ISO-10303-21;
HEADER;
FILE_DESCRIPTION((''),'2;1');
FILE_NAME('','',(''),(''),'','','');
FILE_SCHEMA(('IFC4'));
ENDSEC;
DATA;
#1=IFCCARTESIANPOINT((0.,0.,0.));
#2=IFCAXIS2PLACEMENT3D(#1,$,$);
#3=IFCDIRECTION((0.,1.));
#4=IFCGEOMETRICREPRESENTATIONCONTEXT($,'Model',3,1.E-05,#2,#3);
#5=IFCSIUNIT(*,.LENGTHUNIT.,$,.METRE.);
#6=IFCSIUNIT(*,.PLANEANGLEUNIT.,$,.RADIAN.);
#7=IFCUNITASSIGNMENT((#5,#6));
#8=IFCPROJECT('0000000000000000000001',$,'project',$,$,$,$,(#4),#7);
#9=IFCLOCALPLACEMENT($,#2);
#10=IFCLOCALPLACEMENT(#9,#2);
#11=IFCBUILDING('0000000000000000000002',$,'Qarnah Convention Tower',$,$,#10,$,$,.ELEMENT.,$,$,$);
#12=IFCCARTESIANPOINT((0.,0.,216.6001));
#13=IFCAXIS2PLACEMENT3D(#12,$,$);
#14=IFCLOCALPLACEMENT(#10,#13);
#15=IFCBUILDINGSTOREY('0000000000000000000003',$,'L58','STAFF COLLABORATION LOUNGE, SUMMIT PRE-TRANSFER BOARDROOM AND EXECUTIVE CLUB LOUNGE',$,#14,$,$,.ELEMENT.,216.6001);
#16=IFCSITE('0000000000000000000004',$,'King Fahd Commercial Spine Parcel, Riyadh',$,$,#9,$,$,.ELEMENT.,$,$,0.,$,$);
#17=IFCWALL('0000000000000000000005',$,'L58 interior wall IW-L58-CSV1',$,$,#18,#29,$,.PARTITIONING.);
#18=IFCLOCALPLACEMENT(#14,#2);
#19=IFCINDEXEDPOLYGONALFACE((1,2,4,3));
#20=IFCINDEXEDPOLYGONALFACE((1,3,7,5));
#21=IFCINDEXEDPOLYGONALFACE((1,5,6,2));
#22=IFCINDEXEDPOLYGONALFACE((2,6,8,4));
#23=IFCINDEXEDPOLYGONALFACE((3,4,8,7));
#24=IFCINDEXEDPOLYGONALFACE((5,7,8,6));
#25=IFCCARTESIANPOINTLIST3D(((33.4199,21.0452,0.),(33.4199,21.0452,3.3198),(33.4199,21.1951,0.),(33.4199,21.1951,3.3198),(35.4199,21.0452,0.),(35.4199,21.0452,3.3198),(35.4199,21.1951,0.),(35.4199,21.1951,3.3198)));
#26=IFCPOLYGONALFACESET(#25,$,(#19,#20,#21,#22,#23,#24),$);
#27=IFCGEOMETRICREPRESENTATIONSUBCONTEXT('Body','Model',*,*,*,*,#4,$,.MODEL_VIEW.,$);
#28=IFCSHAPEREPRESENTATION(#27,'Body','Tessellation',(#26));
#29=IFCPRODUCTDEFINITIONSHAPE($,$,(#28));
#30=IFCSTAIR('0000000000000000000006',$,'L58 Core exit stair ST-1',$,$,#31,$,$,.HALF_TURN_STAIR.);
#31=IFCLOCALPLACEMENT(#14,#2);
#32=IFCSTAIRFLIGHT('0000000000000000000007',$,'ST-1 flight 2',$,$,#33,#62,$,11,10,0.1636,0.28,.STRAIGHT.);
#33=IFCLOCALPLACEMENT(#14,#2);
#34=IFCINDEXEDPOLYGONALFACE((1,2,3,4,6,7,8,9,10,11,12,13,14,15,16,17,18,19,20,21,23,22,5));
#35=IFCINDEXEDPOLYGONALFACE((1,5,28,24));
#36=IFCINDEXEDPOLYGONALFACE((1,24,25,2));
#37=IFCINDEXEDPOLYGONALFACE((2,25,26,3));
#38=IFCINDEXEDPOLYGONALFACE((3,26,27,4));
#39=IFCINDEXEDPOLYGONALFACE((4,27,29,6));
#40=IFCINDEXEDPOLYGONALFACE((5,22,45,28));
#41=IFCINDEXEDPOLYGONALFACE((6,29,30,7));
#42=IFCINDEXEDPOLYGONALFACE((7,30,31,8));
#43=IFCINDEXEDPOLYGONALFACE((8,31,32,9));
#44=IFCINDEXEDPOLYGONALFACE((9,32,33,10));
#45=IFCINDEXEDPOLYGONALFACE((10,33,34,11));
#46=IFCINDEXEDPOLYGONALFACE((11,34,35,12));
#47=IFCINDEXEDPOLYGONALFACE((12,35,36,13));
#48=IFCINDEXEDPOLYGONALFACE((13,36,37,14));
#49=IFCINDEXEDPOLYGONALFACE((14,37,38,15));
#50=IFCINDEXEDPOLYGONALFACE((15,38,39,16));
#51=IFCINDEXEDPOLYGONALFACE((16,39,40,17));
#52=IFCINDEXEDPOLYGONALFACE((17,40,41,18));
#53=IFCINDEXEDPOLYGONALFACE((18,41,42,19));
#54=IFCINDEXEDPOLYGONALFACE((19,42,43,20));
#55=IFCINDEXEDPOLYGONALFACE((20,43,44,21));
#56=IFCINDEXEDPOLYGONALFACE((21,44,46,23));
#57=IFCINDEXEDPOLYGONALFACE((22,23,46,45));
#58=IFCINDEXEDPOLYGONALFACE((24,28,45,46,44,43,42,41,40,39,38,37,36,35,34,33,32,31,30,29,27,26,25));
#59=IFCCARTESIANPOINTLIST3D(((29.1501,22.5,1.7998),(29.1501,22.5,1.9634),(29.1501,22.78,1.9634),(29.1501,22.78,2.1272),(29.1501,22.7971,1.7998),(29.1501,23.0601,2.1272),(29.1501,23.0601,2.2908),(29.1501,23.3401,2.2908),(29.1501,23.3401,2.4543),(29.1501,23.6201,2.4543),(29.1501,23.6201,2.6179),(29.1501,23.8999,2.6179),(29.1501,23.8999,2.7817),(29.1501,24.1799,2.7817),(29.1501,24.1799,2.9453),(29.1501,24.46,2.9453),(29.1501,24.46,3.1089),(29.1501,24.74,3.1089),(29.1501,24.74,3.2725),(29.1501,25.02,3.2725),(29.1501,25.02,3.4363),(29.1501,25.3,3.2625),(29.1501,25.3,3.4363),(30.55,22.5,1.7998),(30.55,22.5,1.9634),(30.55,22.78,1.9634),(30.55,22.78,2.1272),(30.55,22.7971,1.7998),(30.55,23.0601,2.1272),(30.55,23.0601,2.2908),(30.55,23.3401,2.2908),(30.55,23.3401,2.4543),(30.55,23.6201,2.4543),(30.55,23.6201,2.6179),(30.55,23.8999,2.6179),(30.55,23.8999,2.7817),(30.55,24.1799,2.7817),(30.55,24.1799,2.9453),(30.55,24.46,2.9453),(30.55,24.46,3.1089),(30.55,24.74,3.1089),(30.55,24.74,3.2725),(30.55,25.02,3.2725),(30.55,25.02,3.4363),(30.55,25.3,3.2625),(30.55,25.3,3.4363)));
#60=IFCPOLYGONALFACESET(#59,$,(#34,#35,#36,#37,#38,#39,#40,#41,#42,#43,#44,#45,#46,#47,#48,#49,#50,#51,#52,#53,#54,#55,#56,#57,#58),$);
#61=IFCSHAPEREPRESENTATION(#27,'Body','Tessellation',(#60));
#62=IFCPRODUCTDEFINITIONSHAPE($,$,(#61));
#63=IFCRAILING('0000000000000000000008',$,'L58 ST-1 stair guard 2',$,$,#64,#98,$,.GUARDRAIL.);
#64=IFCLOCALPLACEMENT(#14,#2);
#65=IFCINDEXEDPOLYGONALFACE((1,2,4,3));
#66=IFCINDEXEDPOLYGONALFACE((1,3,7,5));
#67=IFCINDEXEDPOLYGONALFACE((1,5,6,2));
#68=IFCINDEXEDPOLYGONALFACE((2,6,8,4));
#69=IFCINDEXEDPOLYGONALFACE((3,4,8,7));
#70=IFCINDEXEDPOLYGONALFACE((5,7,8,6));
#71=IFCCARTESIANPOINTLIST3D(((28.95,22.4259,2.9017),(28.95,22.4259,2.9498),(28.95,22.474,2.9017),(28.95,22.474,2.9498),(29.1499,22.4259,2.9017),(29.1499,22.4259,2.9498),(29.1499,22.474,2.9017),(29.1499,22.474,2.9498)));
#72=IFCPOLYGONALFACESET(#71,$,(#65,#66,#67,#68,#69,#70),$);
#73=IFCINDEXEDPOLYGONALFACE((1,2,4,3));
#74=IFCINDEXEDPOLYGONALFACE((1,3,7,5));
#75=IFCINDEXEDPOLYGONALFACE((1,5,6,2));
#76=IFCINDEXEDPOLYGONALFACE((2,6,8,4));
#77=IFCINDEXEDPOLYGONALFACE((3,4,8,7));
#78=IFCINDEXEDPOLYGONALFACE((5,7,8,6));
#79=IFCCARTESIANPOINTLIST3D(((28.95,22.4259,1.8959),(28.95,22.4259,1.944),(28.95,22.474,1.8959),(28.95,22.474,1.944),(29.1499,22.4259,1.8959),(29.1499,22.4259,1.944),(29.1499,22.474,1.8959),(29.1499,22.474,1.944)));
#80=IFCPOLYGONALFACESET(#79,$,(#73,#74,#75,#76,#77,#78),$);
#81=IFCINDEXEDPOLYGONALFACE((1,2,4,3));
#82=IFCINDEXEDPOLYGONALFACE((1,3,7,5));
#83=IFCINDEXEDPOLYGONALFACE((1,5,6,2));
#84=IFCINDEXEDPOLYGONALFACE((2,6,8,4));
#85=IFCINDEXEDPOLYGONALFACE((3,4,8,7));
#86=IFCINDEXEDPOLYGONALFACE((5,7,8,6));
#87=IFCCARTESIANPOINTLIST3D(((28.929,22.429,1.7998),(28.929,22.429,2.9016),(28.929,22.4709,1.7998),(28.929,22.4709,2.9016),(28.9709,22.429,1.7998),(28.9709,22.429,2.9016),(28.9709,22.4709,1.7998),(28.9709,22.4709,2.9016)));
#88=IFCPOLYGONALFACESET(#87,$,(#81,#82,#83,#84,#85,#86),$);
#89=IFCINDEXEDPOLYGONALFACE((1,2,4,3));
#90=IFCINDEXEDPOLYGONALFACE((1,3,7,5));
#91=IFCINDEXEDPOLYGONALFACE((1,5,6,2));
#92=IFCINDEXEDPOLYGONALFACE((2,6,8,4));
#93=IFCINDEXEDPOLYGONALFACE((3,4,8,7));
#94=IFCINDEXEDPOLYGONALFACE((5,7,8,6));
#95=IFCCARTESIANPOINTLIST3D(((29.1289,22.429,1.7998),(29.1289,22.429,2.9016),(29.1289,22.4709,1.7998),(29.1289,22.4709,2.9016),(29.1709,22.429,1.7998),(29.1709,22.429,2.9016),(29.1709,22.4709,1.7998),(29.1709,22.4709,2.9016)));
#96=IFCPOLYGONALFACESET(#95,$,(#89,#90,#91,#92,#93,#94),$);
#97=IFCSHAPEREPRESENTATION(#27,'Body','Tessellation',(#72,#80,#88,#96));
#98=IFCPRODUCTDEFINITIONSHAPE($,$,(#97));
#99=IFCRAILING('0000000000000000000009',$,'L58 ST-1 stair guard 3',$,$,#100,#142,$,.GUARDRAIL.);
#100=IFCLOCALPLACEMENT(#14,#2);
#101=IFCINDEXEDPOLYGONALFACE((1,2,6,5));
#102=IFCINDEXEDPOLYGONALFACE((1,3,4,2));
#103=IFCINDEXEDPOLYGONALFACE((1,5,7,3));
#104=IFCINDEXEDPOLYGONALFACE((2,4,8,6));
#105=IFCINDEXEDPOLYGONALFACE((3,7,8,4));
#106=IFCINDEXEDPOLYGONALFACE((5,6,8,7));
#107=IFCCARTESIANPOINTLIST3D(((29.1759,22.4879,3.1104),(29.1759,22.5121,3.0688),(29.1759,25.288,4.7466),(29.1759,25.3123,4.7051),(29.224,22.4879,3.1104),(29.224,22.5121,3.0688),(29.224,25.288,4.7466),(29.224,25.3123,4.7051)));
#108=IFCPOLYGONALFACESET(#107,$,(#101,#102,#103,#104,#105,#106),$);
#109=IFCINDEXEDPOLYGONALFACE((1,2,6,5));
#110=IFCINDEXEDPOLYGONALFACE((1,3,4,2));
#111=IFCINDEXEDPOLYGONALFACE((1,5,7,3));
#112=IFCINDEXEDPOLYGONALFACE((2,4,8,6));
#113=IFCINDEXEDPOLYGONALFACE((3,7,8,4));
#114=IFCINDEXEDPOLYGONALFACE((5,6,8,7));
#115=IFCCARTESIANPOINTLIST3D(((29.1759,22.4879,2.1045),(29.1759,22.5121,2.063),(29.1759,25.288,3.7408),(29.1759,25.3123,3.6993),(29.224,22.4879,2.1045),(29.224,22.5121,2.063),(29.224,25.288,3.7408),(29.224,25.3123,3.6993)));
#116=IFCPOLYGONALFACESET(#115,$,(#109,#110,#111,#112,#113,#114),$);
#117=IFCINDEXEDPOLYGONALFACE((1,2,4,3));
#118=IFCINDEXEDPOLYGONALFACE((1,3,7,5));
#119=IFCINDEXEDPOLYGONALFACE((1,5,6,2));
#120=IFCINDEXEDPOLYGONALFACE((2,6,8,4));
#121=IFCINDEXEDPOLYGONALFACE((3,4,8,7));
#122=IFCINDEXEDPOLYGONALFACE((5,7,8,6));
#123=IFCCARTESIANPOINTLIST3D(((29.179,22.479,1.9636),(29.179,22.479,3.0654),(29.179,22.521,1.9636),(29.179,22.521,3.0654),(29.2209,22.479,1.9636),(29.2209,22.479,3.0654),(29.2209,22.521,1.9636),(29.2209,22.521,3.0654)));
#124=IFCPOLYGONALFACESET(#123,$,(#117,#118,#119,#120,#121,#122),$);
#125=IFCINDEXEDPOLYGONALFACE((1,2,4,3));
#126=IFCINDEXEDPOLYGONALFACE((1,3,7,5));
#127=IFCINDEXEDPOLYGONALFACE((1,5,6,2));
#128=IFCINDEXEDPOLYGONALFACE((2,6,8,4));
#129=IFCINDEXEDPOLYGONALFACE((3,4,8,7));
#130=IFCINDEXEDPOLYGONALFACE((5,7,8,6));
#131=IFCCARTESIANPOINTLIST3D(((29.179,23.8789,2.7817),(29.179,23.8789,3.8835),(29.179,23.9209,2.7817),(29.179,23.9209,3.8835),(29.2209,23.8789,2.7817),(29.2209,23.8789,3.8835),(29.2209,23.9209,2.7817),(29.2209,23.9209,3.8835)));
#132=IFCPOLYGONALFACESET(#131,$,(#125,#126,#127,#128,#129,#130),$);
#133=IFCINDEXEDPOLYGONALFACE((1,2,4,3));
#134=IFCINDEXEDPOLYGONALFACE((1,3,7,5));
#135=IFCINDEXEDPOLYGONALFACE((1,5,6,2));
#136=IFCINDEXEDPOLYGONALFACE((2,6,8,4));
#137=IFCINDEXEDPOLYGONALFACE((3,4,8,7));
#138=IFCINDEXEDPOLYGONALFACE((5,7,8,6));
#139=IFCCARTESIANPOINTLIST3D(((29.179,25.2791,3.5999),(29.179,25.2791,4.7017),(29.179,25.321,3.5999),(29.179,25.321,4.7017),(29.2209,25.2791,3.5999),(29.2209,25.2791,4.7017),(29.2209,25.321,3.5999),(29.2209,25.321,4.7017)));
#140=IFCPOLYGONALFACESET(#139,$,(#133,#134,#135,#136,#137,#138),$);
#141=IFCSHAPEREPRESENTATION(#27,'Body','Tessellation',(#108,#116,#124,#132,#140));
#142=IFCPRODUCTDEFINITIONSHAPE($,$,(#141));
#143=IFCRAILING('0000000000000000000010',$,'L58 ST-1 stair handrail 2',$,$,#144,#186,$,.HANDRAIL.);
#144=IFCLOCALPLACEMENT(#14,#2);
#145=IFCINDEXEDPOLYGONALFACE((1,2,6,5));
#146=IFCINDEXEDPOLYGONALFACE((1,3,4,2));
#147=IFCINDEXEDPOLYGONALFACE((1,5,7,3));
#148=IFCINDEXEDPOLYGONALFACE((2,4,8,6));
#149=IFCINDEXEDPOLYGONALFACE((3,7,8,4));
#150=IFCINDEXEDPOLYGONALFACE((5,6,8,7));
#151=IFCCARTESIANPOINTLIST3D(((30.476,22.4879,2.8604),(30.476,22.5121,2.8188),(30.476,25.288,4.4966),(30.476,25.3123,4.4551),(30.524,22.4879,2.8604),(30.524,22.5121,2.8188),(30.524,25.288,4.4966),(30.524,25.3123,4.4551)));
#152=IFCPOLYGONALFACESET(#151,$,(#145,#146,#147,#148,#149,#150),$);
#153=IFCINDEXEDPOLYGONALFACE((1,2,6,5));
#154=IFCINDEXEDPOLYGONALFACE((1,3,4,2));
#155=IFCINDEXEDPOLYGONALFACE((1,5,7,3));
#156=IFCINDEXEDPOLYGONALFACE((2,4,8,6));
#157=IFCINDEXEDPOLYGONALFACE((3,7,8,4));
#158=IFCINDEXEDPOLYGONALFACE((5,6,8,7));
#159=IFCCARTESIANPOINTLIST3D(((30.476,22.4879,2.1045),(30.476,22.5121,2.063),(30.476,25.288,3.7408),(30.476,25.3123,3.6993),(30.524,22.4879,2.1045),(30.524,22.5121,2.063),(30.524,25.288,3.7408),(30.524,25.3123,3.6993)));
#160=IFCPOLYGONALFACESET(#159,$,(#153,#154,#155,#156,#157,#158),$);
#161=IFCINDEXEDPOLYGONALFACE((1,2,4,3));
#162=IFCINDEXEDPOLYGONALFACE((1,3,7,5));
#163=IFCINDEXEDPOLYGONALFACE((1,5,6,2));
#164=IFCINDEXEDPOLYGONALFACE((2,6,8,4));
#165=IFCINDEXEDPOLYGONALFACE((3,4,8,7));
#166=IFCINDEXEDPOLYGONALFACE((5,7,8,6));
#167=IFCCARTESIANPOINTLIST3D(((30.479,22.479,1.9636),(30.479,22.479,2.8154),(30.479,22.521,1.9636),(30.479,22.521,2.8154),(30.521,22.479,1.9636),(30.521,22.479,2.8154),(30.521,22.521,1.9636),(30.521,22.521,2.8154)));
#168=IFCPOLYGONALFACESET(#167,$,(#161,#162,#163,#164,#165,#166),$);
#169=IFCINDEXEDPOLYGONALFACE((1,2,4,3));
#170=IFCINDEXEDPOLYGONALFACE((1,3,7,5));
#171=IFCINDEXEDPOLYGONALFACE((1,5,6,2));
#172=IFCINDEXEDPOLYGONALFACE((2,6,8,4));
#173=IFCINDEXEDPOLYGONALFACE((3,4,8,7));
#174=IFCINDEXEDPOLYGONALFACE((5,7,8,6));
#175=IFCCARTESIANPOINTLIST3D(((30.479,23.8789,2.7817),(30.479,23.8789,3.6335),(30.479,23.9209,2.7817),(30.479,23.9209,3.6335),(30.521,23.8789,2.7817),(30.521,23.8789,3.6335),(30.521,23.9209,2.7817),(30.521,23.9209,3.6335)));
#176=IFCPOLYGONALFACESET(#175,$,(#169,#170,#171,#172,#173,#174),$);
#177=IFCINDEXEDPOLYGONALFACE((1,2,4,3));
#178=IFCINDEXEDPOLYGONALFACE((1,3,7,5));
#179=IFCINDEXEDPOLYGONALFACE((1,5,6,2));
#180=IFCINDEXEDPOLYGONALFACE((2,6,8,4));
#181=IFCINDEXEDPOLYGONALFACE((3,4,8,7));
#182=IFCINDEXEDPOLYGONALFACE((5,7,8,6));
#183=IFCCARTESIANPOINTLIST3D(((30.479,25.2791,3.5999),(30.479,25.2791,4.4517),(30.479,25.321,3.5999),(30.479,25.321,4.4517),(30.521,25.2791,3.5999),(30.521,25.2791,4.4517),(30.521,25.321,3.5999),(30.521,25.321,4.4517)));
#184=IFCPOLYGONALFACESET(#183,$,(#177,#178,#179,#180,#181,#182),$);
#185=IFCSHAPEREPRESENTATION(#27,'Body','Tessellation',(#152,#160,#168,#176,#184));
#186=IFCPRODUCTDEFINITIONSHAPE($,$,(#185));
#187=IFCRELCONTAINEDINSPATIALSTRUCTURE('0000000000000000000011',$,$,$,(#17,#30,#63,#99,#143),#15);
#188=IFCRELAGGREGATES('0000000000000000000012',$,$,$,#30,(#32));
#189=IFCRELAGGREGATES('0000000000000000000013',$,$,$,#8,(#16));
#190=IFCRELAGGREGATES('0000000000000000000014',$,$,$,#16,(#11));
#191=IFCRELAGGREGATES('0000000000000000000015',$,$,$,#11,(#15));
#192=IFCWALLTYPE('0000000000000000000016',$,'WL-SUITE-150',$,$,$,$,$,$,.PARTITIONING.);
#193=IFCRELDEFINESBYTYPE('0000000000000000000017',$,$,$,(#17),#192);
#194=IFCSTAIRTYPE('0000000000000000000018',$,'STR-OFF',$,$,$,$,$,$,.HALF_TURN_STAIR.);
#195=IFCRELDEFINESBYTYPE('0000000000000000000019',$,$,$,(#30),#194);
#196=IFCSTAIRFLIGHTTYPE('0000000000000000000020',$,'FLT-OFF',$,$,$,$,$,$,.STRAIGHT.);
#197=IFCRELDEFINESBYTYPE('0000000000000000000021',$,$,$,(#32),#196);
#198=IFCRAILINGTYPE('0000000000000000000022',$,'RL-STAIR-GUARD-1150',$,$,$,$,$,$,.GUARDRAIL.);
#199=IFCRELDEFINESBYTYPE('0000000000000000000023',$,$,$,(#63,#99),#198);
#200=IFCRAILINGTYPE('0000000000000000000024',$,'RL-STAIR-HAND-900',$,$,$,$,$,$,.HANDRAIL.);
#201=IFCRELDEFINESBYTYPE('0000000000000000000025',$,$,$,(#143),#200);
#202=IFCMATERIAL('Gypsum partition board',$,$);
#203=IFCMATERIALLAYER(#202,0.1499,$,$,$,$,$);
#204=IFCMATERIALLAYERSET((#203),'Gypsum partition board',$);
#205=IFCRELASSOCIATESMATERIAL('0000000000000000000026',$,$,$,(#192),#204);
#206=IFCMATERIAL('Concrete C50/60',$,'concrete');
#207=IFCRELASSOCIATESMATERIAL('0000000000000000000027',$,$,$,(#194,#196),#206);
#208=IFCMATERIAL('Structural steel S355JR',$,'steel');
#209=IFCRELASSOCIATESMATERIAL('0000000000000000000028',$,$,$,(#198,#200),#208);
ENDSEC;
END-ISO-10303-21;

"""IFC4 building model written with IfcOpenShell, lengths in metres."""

from ifc_helpers import new_model, si_unit, direction, frame, frame_2d, origin, origin_2d, place, context, subcontext, project, spatial, polyline, rectangle, outline, extrude, material, layer, layer_set, type_object, element, aggregate, save


model = new_model("IFC4")

# Units and contexts
model_context = context("Model", 3, precision=1e-05, world=origin(), true_north=direction((0.0, 1.0)))
body_context = subcontext(model_context, "Body", "Model", "MODEL_VIEW")
ifc_project = project(units=[si_unit("LENGTHUNIT", "METRE"), si_unit("PLANEANGLEUNIT", "RADIAN")], contexts=[model_context])

# Site, building, storey
site_placement = place(None, origin())
site = spatial("IfcSite", under=ifc_project, at=site_placement, Name="King Fahd Commercial Spine Parcel, Riyadh", CompositionType="ELEMENT", RefElevation=0.0)
building_placement = place(site_placement, origin())
building = spatial("IfcBuilding", under=site, at=building_placement, Name="Qarnah Convention Tower", CompositionType="ELEMENT")
storey_placement = place(building_placement, frame((0.0, 0.0, 216.6001)))
storey = spatial("IfcBuildingStorey", under=building, at=storey_placement, Name="L58", Description="STAFF COLLABORATION LOUNGE, SUMMIT PRE-TRANSFER BOARDROOM AND EXECUTIVE CLUB LOUNGE", CompositionType="ELEMENT", Elevation=216.6001)

# Shared definitions
ifc_material_1 = material(Name="Structural steel S355JR", Category="steel")

# Wall
ifc_material_2 = material(Name="Gypsum partition board")
ifc_layer_1 = layer(ifc_material_2, 0.1499)
ifc_layer_set_1 = layer_set([ifc_layer_1], Name="Gypsum partition board")
wall_type_1 = type_object("IfcWallType", Name="WL-SUITE-150", PredefinedType="PARTITIONING", material=ifc_layer_set_1)
wall_1_placement = place(storey_placement, frame((33.4199, 21.1201, 0.0), z_axis=(0.0, 0.0, 1.0), x_axis=(1.0, 0.0, 0.0)))
element("IfcWall", 1, at=wall_1_placement, inside=storey, type_object=wall_type_1, Name="L58 interior wall IW-L58-CSV1", PredefinedType="PARTITIONING", context=body_context, shape_type="SweptSolid", body=[
    extrude(rectangle(XDim=2.0, YDim=0.1499, at=frame_2d((1.0, 0.0))), origin(), (0.0, 0.0, 1.0), 3.3198),
])

# Stair, stair flight
ifc_material_3 = material(Name="Concrete C50/60", Category="concrete")
stair_type = type_object("IfcStairType", Name="STR-OFF", PredefinedType="HALF_TURN_STAIR", material=ifc_material_3)
stair_placement = place(storey_placement, origin())
stair = element("IfcStair", 2, at=stair_placement, inside=storey, type_object=stair_type, Name="L58 Core exit stair ST-1", PredefinedType="HALF_TURN_STAIR")
stair_flight_type = type_object("IfcStairFlightType", Name="FLT-OFF", PredefinedType="STRAIGHT", material=ifc_material_3)
stair_flight_placement = place(storey_placement, frame((29.8501, 22.5, 1.7998), z_axis=(0.0, 0.0, 1.0), x_axis=(0.0, 1.0, 0.0)))
stair_flight = element("IfcStairFlight", 3, at=stair_flight_placement, type_object=stair_flight_type, Name="ST-1 flight 2", NumberOfRisers=11, NumberOfTreads=10, PredefinedType="STRAIGHT", RiserHeight=0.1636, TreadLength=0.28, context=body_context, shape_type="SweptSolid", body=[
    extrude(outline(polyline([(0.0, 0.0), (0.0, 0.1636), (0.28, 0.1636), (0.28, 0.3274), (0.5601, 0.3274), (0.5601, 0.491), (0.8401, 0.491), (0.8401, 0.6545), (1.1201, 0.6545), (1.1201, 0.8181), (1.3999, 0.8181), (1.3999, 0.9819), (1.6799, 0.9819), (1.6799, 1.1455), (1.96, 1.1455), (1.96, 1.3091), (2.24, 1.3091), (2.24, 1.4727), (2.52, 1.4727), (2.52, 1.6365), (2.8, 1.6365), (2.8, 1.8), (2.8, 1.4626), (0.2971, 0.0), (0.0, 0.0)])), frame((0.0, 0.7, 0.0), z_axis=(0.0, -1.0, 0.0), x_axis=(1.0, 0.0, 0.0)), (0.0, 0.0, 1.0), 1.3999),
])
aggregate(stair, [stair_flight])

# Railings
railing_type_1 = type_object("IfcRailingType", Name="RL-STAIR-GUARD-1150", PredefinedType="GUARDRAIL", material=ifc_material_1)
railing_1_placement = place(storey_placement, frame((28.95, 22.45, 1.7998)))
element("IfcRailing", 4, at=railing_1_placement, inside=storey, type_object=railing_type_1, Name="L58 ST-1 stair guard 2", PredefinedType="GUARDRAIL", context=body_context, shape_type="SweptSolid", body=[
    extrude(rectangle(XDim=0.0481, YDim=0.0481, at=origin_2d()), frame((0.0, 0.0, 1.126), z_axis=(1.0, 0.0, 0.0), x_axis=(0.0, 1.0, 0.0)), (0.0, 0.0, 1.0), 0.2),
    extrude(rectangle(XDim=0.0481, YDim=0.0481, at=origin_2d()), frame((0.0, 0.0, 0.1201), z_axis=(1.0, 0.0, 0.0), x_axis=(0.0, 1.0, 0.0)), (0.0, 0.0, 1.0), 0.2),
    extrude(rectangle(XDim=0.042, YDim=0.042, at=origin_2d()), origin(), (0.0, 0.0, 1.0), 1.1018),
    extrude(rectangle(XDim=0.042, YDim=0.042, at=origin_2d()), frame((0.2, 0.0, 0.0)), (0.0, 0.0, 1.0), 1.1018),
])
railing_2_placement = place(storey_placement, frame((29.2, 22.5, 1.9636)))
element("IfcRailing", 5, at=railing_2_placement, inside=storey, type_object=railing_type_1, Name="L58 ST-1 stair guard 3", PredefinedType="GUARDRAIL", context=body_context, shape_type="SweptSolid", body=[
    extrude(rectangle(XDim=0.0481, YDim=0.0481, at=origin_2d()), frame((0.0, 0.0, 1.126), z_axis=(0.0, 0.863394, 0.504531), x_axis=(-1.0, 0.0, 0.0)), (0.0, 0.0, 1.0), 3.2432),
    extrude(rectangle(XDim=0.0481, YDim=0.0481, at=origin_2d()), frame((0.0, 0.0, 0.1201), z_axis=(0.0, 0.863394, 0.504531), x_axis=(-1.0, 0.0, 0.0)), (0.0, 0.0, 1.0), 3.2432),
    extrude(rectangle(XDim=0.042, YDim=0.042, at=origin_2d()), origin(), (0.0, 0.0, 1.0), 1.1018),
    extrude(rectangle(XDim=0.042, YDim=0.042, at=origin_2d()), frame((0.0, 1.3999, 0.8181)), (0.0, 0.0, 1.0), 1.1018),
    extrude(rectangle(XDim=0.042, YDim=0.042, at=origin_2d()), frame((0.0, 2.8, 1.6362)), (0.0, 0.0, 1.0), 1.1018),
])
railing_type_2 = type_object("IfcRailingType", Name="RL-STAIR-HAND-900", PredefinedType="HANDRAIL", material=ifc_material_1)
railing_3_placement = place(storey_placement, frame((30.5, 22.5, 1.9636)))
element("IfcRailing", 6, at=railing_3_placement, inside=storey, type_object=railing_type_2, Name="L58 ST-1 stair handrail 2", PredefinedType="HANDRAIL", context=body_context, shape_type="SweptSolid", body=[
    extrude(rectangle(XDim=0.0481, YDim=0.0481, at=origin_2d()), frame((0.0, 0.0, 0.876), z_axis=(0.0, 0.863394, 0.504531), x_axis=(-1.0, 0.0, 0.0)), (0.0, 0.0, 1.0), 3.2432),
    extrude(rectangle(XDim=0.0481, YDim=0.0481, at=origin_2d()), frame((0.0, 0.0, 0.1201), z_axis=(0.0, 0.863394, 0.504531), x_axis=(-1.0, 0.0, 0.0)), (0.0, 0.0, 1.0), 3.2432),
    extrude(rectangle(XDim=0.042, YDim=0.042, at=origin_2d()), origin(), (0.0, 0.0, 1.0), 0.8518),
    extrude(rectangle(XDim=0.042, YDim=0.042, at=origin_2d()), frame((0.0, 1.3999, 0.8181)), (0.0, 0.0, 1.0), 0.8518),
    extrude(rectangle(XDim=0.042, YDim=0.042, at=origin_2d()), frame((0.0, 2.8, 1.6362)), (0.0, 0.0, 1.0), 0.8518),
])

save(model, "model.ifc")
